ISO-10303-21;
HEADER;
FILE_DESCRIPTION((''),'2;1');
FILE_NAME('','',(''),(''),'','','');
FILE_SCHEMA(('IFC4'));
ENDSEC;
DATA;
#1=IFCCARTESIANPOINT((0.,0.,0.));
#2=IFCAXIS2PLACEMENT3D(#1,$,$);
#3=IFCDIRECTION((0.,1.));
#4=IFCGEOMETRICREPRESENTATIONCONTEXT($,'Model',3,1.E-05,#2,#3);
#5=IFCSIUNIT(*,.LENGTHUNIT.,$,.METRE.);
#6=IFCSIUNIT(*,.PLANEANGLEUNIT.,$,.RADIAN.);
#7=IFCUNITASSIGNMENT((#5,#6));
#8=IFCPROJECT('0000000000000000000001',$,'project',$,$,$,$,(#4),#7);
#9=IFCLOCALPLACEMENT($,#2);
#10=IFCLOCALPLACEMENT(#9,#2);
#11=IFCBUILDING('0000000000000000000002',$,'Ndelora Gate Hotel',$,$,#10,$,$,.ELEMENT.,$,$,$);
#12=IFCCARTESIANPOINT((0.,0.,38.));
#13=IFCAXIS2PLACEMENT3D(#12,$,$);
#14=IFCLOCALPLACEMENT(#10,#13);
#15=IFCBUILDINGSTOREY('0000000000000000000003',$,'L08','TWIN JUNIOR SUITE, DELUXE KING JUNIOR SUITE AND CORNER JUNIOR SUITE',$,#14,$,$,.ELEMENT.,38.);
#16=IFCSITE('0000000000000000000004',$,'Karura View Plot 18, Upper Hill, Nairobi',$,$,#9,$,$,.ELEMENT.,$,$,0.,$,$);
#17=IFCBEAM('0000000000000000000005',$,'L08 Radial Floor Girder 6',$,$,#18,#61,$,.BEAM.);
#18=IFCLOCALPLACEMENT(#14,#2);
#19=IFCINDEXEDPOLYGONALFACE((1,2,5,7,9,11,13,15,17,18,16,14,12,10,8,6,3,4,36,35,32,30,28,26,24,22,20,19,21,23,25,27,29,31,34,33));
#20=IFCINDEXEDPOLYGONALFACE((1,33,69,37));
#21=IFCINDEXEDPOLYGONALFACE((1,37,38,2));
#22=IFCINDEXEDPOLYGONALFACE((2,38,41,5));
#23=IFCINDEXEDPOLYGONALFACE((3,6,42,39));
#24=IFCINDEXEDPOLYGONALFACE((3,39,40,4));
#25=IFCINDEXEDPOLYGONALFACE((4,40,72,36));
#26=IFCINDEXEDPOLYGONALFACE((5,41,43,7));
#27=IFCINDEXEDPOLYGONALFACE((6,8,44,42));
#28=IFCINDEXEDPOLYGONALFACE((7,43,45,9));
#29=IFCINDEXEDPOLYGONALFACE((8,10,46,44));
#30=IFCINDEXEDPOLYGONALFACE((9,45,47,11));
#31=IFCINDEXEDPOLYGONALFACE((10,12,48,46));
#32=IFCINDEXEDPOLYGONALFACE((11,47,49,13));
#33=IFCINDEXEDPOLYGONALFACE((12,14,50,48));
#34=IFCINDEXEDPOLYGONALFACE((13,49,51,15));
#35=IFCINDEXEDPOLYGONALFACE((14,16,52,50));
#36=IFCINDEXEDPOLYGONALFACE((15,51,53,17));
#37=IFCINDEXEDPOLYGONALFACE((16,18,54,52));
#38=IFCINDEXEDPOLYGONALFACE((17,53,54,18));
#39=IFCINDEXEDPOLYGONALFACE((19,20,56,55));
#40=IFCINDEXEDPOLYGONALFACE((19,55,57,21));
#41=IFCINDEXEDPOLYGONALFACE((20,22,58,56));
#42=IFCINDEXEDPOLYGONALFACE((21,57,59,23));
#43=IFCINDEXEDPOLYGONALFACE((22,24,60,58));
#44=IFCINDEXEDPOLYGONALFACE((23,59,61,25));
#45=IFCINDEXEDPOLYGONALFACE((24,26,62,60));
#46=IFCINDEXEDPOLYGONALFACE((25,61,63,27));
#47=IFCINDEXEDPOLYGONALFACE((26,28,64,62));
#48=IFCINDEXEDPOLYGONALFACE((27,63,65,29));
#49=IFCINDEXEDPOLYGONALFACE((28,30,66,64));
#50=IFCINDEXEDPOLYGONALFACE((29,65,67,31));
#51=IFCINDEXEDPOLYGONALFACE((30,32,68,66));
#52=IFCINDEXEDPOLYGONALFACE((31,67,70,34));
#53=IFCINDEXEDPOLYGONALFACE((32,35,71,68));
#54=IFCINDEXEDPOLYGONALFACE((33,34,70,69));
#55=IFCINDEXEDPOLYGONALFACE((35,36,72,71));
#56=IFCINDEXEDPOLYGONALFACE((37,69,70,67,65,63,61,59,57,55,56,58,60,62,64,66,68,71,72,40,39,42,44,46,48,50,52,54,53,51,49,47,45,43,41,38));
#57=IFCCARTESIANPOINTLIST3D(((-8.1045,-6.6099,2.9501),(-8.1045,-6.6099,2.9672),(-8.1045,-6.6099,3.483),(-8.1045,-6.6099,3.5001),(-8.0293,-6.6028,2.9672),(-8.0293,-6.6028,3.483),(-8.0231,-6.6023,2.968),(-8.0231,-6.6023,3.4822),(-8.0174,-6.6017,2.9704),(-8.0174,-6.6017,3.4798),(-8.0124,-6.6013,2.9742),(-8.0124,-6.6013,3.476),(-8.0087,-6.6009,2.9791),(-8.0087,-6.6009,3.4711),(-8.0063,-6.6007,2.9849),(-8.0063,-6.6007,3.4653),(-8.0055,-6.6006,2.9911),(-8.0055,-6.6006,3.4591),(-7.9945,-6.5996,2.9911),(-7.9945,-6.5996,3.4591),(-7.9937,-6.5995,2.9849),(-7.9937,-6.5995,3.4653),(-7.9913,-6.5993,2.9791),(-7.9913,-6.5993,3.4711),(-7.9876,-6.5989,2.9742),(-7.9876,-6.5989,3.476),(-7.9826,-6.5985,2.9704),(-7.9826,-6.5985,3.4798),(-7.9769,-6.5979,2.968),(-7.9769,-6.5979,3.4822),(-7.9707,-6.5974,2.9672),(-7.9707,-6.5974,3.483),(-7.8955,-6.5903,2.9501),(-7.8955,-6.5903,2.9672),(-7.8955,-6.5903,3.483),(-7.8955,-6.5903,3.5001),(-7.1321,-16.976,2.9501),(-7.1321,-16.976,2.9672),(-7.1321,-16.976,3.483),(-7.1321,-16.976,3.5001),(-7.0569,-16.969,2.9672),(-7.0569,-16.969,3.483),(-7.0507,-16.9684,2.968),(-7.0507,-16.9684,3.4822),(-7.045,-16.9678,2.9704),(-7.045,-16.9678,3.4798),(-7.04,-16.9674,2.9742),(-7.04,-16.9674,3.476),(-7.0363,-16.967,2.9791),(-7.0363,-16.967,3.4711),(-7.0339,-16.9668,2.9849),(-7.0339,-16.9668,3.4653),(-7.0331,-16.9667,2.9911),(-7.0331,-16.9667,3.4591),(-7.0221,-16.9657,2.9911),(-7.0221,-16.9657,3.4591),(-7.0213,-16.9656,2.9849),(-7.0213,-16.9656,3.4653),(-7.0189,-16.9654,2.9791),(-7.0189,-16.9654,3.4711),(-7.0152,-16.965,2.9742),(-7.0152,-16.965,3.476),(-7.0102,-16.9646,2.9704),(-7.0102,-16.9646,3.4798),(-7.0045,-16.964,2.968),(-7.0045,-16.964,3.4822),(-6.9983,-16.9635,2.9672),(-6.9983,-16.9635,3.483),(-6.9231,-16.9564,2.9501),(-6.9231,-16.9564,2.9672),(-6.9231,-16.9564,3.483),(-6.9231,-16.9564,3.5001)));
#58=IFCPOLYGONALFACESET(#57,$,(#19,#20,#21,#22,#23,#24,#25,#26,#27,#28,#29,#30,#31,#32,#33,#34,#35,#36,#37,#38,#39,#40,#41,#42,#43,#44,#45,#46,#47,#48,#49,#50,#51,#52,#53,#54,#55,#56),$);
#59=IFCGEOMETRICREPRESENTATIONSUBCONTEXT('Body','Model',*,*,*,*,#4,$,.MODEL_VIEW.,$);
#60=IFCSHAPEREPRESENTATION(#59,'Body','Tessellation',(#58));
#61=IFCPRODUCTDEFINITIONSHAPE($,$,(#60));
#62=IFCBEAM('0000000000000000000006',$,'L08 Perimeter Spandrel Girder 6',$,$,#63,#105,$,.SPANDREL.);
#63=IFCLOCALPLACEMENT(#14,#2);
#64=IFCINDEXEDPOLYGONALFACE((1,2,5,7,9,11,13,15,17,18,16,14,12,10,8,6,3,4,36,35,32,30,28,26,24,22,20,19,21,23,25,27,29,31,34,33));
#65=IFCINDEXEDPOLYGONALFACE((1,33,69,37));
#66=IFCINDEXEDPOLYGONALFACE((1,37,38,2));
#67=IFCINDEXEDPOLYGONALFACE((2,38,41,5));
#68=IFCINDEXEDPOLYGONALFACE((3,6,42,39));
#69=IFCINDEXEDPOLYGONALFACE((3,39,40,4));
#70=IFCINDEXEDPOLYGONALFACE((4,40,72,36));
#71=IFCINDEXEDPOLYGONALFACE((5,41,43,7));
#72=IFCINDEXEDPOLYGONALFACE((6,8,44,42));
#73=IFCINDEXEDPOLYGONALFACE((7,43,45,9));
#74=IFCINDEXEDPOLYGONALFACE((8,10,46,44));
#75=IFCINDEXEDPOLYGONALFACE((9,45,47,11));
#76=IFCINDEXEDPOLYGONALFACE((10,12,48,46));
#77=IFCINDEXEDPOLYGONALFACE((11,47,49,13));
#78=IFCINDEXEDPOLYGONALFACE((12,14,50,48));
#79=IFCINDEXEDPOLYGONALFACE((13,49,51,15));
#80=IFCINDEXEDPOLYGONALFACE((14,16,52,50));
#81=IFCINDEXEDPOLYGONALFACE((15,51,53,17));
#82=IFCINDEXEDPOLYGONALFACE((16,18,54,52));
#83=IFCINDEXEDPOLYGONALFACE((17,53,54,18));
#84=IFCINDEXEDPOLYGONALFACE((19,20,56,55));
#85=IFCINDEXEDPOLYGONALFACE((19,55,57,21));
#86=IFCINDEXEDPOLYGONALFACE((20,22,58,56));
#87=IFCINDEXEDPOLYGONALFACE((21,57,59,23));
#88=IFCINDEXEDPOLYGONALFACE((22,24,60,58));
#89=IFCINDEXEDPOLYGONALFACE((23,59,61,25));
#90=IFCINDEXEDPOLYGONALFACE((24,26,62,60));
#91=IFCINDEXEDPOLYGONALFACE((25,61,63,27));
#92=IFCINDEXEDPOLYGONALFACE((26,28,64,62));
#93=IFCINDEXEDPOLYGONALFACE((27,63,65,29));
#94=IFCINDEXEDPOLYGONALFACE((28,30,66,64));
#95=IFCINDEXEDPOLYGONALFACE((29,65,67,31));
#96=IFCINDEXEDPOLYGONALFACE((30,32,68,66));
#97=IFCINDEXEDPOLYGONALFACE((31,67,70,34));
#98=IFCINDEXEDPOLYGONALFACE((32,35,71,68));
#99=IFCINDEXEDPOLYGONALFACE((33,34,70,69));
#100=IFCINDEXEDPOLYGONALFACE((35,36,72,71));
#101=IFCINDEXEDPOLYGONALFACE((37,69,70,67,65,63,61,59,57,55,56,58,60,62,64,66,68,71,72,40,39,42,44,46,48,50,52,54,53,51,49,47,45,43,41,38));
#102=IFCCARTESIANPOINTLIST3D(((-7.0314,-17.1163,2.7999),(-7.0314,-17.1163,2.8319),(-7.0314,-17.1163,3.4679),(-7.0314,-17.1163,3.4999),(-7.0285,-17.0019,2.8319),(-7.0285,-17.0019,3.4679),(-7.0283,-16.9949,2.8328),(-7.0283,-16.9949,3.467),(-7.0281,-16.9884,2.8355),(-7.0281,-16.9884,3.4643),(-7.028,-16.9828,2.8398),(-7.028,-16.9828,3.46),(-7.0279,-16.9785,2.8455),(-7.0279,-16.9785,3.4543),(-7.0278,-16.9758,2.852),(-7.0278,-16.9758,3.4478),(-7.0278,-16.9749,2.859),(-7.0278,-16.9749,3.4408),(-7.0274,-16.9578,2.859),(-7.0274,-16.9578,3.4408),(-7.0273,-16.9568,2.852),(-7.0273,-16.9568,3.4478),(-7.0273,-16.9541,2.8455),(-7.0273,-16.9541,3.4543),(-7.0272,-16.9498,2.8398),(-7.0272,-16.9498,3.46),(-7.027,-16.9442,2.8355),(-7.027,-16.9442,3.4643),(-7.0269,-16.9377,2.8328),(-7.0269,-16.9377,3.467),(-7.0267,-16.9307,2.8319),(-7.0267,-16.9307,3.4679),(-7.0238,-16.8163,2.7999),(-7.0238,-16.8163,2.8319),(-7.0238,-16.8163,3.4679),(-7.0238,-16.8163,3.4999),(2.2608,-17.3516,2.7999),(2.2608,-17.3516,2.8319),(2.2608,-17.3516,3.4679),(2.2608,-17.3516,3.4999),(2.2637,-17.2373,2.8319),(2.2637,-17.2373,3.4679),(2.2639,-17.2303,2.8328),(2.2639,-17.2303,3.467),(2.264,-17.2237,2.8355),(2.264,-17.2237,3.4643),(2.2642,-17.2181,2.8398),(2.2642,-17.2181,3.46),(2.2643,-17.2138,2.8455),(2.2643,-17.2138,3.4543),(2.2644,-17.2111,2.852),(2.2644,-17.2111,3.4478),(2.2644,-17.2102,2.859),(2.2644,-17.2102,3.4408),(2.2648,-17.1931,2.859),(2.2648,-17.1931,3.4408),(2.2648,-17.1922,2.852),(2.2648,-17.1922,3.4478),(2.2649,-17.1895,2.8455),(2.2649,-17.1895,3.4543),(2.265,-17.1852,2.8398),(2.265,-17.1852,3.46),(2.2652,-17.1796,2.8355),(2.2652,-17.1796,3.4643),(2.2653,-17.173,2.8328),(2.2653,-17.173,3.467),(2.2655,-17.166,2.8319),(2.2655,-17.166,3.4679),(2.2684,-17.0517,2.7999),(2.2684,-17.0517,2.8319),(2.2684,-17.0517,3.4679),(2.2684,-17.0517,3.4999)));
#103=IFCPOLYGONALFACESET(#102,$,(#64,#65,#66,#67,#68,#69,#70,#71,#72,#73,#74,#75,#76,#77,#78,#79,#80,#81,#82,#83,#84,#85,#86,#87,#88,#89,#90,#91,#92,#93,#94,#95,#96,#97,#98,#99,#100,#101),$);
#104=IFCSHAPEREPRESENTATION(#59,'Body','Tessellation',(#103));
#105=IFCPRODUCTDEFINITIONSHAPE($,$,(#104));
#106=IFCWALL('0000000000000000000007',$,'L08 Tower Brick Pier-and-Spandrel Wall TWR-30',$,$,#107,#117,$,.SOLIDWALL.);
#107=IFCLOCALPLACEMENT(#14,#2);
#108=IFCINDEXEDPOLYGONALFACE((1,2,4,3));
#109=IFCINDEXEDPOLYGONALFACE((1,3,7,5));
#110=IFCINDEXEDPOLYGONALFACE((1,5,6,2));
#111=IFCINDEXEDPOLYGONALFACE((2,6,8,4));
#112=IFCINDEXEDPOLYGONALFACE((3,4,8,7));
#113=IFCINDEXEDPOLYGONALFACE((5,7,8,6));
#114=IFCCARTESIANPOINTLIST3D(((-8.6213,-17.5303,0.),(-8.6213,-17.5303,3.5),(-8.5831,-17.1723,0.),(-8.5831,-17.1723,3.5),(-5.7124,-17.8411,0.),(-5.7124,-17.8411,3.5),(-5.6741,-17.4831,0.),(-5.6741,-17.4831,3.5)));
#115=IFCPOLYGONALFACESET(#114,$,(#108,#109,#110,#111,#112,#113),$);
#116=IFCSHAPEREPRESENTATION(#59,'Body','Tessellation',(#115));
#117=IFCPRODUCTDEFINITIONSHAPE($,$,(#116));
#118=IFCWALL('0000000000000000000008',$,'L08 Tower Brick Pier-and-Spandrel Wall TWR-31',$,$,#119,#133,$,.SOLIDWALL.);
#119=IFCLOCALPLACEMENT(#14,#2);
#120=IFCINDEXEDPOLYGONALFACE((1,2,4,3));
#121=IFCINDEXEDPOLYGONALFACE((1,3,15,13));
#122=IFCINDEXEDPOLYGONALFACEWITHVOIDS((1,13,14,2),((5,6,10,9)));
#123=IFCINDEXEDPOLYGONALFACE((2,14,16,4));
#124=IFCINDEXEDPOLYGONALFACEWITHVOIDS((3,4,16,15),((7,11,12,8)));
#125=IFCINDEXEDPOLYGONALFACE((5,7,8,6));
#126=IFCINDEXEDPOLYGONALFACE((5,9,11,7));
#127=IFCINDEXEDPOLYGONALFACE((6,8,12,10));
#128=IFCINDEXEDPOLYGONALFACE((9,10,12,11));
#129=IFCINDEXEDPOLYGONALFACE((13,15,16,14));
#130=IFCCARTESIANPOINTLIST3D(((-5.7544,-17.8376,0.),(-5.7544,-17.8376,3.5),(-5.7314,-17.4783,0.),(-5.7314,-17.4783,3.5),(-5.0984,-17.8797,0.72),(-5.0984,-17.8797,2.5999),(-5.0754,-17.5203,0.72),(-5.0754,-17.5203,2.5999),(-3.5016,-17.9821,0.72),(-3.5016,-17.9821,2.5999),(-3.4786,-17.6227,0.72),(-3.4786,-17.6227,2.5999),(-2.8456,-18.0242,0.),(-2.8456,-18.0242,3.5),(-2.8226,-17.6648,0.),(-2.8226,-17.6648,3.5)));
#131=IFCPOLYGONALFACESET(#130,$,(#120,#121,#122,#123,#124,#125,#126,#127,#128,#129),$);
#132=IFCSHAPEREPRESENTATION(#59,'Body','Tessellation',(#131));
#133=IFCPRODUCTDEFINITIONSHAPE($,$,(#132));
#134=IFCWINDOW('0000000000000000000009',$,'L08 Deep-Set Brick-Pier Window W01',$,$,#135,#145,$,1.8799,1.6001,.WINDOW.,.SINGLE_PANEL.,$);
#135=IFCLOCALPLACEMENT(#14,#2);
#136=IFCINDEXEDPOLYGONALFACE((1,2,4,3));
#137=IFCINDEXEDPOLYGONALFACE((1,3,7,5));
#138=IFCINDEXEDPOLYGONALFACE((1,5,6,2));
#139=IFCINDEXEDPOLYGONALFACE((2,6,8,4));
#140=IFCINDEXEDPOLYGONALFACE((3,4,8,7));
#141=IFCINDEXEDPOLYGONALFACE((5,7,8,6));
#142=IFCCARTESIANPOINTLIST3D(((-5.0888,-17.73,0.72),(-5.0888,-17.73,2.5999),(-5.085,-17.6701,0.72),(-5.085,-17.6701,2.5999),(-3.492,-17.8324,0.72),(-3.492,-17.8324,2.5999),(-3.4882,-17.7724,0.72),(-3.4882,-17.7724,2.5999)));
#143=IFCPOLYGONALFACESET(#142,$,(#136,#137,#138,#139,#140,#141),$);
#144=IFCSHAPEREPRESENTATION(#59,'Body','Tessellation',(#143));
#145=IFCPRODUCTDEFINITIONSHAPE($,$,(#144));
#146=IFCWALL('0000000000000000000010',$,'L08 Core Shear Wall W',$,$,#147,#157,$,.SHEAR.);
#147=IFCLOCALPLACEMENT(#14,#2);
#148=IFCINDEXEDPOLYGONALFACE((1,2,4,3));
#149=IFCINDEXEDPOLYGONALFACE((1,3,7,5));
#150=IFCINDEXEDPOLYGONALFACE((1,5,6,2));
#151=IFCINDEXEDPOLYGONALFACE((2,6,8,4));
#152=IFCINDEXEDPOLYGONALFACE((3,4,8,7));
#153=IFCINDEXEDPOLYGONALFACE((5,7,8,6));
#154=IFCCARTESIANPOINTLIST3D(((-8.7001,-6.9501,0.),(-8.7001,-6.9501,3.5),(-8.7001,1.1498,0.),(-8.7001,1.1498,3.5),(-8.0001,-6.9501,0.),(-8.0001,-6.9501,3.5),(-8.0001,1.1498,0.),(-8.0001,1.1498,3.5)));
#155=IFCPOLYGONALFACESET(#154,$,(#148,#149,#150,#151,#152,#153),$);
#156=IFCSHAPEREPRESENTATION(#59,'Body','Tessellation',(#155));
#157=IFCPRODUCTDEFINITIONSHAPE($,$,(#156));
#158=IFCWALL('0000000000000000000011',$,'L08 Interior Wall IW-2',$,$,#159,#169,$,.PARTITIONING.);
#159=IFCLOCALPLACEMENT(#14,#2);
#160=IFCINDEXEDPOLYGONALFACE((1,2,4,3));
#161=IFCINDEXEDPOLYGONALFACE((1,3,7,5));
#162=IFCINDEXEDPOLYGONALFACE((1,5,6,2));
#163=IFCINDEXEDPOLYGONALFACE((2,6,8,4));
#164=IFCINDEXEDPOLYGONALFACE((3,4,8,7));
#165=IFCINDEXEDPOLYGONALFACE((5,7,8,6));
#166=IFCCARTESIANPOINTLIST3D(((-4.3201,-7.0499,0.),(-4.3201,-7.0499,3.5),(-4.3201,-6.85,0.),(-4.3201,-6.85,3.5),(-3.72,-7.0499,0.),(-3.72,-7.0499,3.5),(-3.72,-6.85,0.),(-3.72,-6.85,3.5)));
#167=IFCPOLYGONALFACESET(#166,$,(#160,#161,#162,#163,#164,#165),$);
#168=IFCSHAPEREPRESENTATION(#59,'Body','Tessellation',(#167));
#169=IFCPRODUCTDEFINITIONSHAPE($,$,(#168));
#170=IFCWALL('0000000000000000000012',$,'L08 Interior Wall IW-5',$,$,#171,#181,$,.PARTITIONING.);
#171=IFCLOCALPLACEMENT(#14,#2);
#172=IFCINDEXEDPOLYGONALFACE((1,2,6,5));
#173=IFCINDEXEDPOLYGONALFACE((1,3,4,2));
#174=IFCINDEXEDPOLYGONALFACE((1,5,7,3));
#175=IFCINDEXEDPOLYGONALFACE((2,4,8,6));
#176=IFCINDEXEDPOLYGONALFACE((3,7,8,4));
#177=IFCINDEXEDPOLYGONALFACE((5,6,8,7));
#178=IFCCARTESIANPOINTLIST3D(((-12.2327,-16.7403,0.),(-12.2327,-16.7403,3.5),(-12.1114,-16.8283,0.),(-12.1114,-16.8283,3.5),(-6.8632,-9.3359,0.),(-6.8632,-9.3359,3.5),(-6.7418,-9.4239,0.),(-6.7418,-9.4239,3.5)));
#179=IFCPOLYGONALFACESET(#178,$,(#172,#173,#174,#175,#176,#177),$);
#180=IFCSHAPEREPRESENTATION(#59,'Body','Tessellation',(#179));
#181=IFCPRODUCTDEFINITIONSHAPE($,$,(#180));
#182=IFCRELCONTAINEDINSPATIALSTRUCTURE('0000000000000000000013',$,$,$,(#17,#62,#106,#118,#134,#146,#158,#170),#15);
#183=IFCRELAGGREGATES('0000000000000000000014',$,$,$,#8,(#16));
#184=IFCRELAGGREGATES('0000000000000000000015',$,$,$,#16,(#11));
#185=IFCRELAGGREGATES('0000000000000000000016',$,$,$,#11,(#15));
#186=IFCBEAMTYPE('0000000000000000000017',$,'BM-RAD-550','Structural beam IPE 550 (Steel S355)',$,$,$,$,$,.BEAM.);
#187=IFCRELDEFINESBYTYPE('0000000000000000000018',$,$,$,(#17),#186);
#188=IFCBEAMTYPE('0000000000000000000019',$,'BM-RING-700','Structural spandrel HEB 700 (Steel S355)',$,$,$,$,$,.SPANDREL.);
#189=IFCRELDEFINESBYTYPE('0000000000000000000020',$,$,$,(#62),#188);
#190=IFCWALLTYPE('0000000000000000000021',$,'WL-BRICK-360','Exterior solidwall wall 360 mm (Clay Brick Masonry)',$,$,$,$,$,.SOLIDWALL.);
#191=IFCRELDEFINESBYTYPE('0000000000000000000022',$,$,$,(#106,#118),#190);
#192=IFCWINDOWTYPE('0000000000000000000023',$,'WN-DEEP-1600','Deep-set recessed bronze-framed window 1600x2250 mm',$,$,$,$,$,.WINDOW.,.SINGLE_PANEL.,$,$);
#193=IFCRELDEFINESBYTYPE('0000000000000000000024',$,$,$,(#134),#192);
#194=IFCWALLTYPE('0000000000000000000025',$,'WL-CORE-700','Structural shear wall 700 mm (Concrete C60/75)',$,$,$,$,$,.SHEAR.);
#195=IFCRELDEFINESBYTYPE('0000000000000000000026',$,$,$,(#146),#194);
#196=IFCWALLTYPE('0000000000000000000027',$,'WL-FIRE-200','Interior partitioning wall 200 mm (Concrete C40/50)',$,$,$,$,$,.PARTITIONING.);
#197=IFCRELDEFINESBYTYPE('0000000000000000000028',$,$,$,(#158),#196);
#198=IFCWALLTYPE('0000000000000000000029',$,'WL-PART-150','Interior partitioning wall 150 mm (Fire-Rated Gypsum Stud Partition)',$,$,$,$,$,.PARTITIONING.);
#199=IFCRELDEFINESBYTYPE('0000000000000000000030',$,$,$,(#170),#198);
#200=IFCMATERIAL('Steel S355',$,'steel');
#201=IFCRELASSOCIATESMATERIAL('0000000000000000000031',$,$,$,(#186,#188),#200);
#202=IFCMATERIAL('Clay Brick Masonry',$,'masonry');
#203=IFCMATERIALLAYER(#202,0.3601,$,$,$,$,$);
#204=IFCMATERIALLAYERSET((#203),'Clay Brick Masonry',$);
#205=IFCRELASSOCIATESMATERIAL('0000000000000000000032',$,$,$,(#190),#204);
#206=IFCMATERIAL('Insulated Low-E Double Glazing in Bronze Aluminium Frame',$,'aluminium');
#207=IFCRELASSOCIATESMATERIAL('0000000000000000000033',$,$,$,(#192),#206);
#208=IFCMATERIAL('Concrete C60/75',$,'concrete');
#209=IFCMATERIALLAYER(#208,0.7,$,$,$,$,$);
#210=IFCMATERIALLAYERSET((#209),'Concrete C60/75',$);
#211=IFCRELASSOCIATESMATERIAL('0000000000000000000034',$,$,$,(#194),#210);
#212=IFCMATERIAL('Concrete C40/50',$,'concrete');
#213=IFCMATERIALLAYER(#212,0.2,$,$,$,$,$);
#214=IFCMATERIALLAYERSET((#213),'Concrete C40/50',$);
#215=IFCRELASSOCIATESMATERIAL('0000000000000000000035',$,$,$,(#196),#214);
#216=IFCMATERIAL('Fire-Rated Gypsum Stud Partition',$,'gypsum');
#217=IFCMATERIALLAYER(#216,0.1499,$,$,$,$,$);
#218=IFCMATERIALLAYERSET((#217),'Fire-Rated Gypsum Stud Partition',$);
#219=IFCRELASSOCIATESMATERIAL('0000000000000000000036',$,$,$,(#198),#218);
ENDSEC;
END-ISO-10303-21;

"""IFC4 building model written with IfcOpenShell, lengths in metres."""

from ifc_helpers import new_model, si_unit, direction, frame, frame_2d, origin, origin_2d, place, context, subcontext, project, spatial, rectangle, i_section, extrude, material, layer, layer_set, material_profile, profile_set, type_object, element, fill, save


model = new_model("IFC4")

# Units and contexts
model_context = context("Model", 3, precision=1e-05, world=origin(), true_north=direction((0.0, 1.0)))
body_context = subcontext(model_context, "Body", "Model", "MODEL_VIEW")
ifc_project = project(units=[si_unit("LENGTHUNIT", "METRE"), si_unit("PLANEANGLEUNIT", "RADIAN")], contexts=[model_context])

# Site, building, storey
site_placement = place(None, origin())
site = spatial("IfcSite", under=ifc_project, at=site_placement, Name="Karura View Plot 18, Upper Hill, Nairobi", CompositionType="ELEMENT", RefElevation=0.0)
building_placement = place(site_placement, origin())
building = spatial("IfcBuilding", under=site, at=building_placement, Name="Ndelora Gate Hotel", CompositionType="ELEMENT")
storey_placement = place(building_placement, frame((0.0, 0.0, 38.0)))
storey = spatial("IfcBuildingStorey", under=building, at=storey_placement, Name="L08", Description="TWIN JUNIOR SUITE, DELUXE KING JUNIOR SUITE AND CORNER JUNIOR SUITE", CompositionType="ELEMENT", Elevation=38.0)

# Shared definitions
ifc_material_1 = material(Name="Concrete C60/75", Category="concrete")

# Beams
ifc_material_2 = material(Name="Steel S355", Category="steel")
ifc_material_profile_1 = material_profile(ifc_material_2, i_section(OverallWidth=0.21, OverallDepth=0.55, WebThickness=0.011, FlangeThickness=0.0171, FilletRadius=0.0239, at=origin_2d()), Name="IPE 550")
ifc_profile_set_1 = profile_set([ifc_material_profile_1], Name="Steel S355")
beam_type_1 = type_object("IfcBeamType", Name="BM-RAD-550", Description="Structural beam IPE 550 (Steel S355)", PredefinedType="BEAM", material=ifc_profile_set_1)
beam_1_placement = place(storey_placement, frame((-8.0, -6.6001, 3.2251), z_axis=(0.093396, -0.995629, 0.0), x_axis=(0.995629, 0.093396, 0.0)))
element("IfcBeam", 1, at=beam_1_placement, inside=storey, type_object=beam_type_1, Name="L08 Radial Floor Girder 6", PredefinedType="BEAM", context=body_context, shape_type="SweptSolid", body=[
    extrude(i_section(OverallWidth=0.21, OverallDepth=0.55, WebThickness=0.011, FlangeThickness=0.0171, FilletRadius=0.0239, at=origin_2d()), origin(), (0.0, 0.0, 1.0), 10.4116),
])
ifc_material_profile_2 = material_profile(ifc_material_2, i_section(OverallWidth=0.3, OverallDepth=0.7, WebThickness=0.0171, FlangeThickness=0.032, FilletRadius=0.0271, at=origin_2d()), Name="HEB 700")
ifc_profile_set_2 = profile_set([ifc_material_profile_2], Name="Steel S355")
beam_type_2 = type_object("IfcBeamType", Name="BM-RING-700", Description="Structural spandrel HEB 700 (Steel S355)", PredefinedType="SPANDREL", material=ifc_profile_set_2)
beam_2_placement = place(storey_placement, frame((-7.0276, -16.9663, 3.1499), z_axis=(0.999679, -0.02532, 0.0), x_axis=(0.02532, 0.999679, 0.0)))
element("IfcBeam", 2, at=beam_2_placement, inside=storey, type_object=beam_type_2, Name="L08 Perimeter Spandrel Girder 6", PredefinedType="SPANDREL", context=body_context, shape_type="SweptSolid", body=[
    extrude(i_section(OverallWidth=0.3, OverallDepth=0.7, WebThickness=0.0171, FlangeThickness=0.032, FilletRadius=0.0271, at=origin_2d()), origin(), (0.0, 0.0, 1.0), 9.2952),
])

# Wall
ifc_material_3 = material(Name="Clay Brick Masonry", Category="masonry")
ifc_layer_1 = layer(ifc_material_3, 0.3601)
ifc_layer_set_1 = layer_set([ifc_layer_1], Name="Clay Brick Masonry")
wall_type_1 = type_object("IfcWallType", Name="WL-BRICK-360", Description="Exterior solidwall wall 360 mm (Clay Brick Masonry)", PredefinedType="SOLIDWALL", material=ifc_layer_set_1)
wall_1_placement = place(storey_placement, frame((-5.6931, -17.6621, 0.0), z_axis=(0.0, 0.0, 1.0), x_axis=(-0.994341, 0.106236, 0.0)))
element("IfcWall", 3, at=wall_1_placement, inside=storey, type_object=wall_type_1, Name="L08 Tower Brick Pier-and-Spandrel Wall TWR-30", PredefinedType="SOLIDWALL", context=body_context, shape_type="SweptSolid", body=[
    extrude(rectangle(XDim=2.9255, YDim=0.3601, at=frame_2d((1.4629, 0.0))), origin(), (0.0, 0.0, 1.0), 3.5),
])

# Wall, opening, window
wall_2_placement = place(storey_placement, frame((-2.834, -17.8445, 0.0), z_axis=(0.0, 0.0, 1.0), x_axis=(-0.997951, 0.063989, 0.0)))
wall_2 = element("IfcWall", 4, at=wall_2_placement, inside=storey, type_object=wall_type_1, Name="L08 Tower Brick Pier-and-Spandrel Wall TWR-31", PredefinedType="SOLIDWALL", context=body_context, shape_type="SweptSolid", body=[
    extrude(rectangle(XDim=2.9148, YDim=0.3601, at=frame_2d((1.4575, 0.0))), origin(), (0.0, 0.0, 1.0), 3.5),
])
opening_1_placement = place(wall_2_placement, frame((0.6575, 0.0, 0.72)))
opening_1 = element("IfcOpeningElement", 5, at=opening_1_placement, cuts=wall_2, PredefinedType="OPENING", context=body_context, shape_type="SweptSolid", body=[
    extrude(rectangle(XDim=1.6001, YDim=1.8799, at=frame_2d((0.8, 0.9399))), frame((0.0, 0.1899, 0.0), z_axis=(0.0, -1.0, 0.0), x_axis=(1.0, 0.0, 0.0)), (0.0, 0.0, 1.0), 0.3801),
])
ifc_material_4 = material(Name="Insulated Low-E Double Glazing in Bronze Aluminium Frame", Category="aluminium")
window_type = type_object("IfcWindowType", Name="WN-DEEP-1600", Description="Deep-set recessed bronze-framed window 1600x2250 mm", PartitioningType="SINGLE_PANEL", PredefinedType="WINDOW", material=ifc_material_4)
window_placement = place(opening_1_placement, origin())
window = element("IfcWindow", 6, at=window_placement, inside=storey, type_object=window_type, Name="L08 Deep-Set Brick-Pier Window W01", OverallHeight=1.8799, OverallWidth=1.6001, PartitioningType="SINGLE_PANEL", PredefinedType="WINDOW", context=body_context, shape_type="SweptSolid", body=[
    extrude(rectangle(XDim=1.6001, YDim=1.8799, at=frame_2d((0.8, 0.9399))), frame((0.0, 0.03, 0.0), z_axis=(0.0, -1.0, 0.0), x_axis=(1.0, 0.0, 0.0)), (0.0, 0.0, 1.0), 0.0601),
])
fill(opening_1, window)

# Walls
ifc_layer_2 = layer(ifc_material_1, 0.7)
ifc_layer_set_2 = layer_set([ifc_layer_2], Name="Concrete C60/75")
wall_type_2 = type_object("IfcWallType", Name="WL-CORE-700", Description="Structural shear wall 700 mm (Concrete C60/75)", PredefinedType="SHEAR", material=ifc_layer_set_2)
wall_3_placement = place(storey_placement, frame((-8.3501, -6.95, 0.0), z_axis=(0.0, 0.0, 1.0), x_axis=(0.0, 1.0, 0.0)))
element("IfcWall", 7, at=wall_3_placement, inside=storey, type_object=wall_type_2, Name="L08 Core Shear Wall W", PredefinedType="SHEAR", context=body_context, shape_type="SweptSolid", body=[
    extrude(rectangle(XDim=8.0999, YDim=0.7, at=frame_2d((4.0498, 0.0))), origin(), (0.0, 0.0, 1.0), 3.5),
])
ifc_material_5 = material(Name="Concrete C40/50", Category="concrete")
ifc_layer_3 = layer(ifc_material_5, 0.2)
ifc_layer_set_3 = layer_set([ifc_layer_3], Name="Concrete C40/50")
wall_type_3 = type_object("IfcWallType", Name="WL-FIRE-200", Description="Interior partitioning wall 200 mm (Concrete C40/50)", PredefinedType="PARTITIONING", material=ifc_layer_set_3)
wall_4_placement = place(storey_placement, frame((-4.3201, -6.95, 0.0), z_axis=(0.0, 0.0, 1.0), x_axis=(1.0, 0.0, 0.0)))
element("IfcWall", 8, at=wall_4_placement, inside=storey, type_object=wall_type_3, Name="L08 Interior Wall IW-2", PredefinedType="PARTITIONING", context=body_context, shape_type="SweptSolid", body=[
    extrude(rectangle(XDim=0.6001, YDim=0.2, at=frame_2d((0.3, 0.0))), origin(), (0.0, 0.0, 1.0), 3.5),
])
ifc_material_6 = material(Name="Fire-Rated Gypsum Stud Partition", Category="gypsum")
ifc_layer_4 = layer(ifc_material_6, 0.1499)
ifc_layer_set_4 = layer_set([ifc_layer_4], Name="Fire-Rated Gypsum Stud Partition")
wall_type_4 = type_object("IfcWallType", Name="WL-PART-150", Description="Interior partitioning wall 150 mm (Fire-Rated Gypsum Stud Partition)", PredefinedType="PARTITIONING", material=ifc_layer_set_4)
wall_5_placement = place(storey_placement, frame((-6.8025, -9.3799, 0.0), z_axis=(0.0, 0.0, 1.0), x_axis=(-0.587063, -0.809541, 0.0)))
element("IfcWall", 9, at=wall_5_placement, inside=storey, type_object=wall_type_4, Name="L08 Interior Wall IW-5", PredefinedType="PARTITIONING", context=body_context, shape_type="SweptSolid", body=[
    extrude(rectangle(XDim=9.1465, YDim=0.1499, at=frame_2d((4.5732, 0.0))), origin(), (0.0, 0.0, 1.0), 3.5),
])

save(model, "model.ifc")
